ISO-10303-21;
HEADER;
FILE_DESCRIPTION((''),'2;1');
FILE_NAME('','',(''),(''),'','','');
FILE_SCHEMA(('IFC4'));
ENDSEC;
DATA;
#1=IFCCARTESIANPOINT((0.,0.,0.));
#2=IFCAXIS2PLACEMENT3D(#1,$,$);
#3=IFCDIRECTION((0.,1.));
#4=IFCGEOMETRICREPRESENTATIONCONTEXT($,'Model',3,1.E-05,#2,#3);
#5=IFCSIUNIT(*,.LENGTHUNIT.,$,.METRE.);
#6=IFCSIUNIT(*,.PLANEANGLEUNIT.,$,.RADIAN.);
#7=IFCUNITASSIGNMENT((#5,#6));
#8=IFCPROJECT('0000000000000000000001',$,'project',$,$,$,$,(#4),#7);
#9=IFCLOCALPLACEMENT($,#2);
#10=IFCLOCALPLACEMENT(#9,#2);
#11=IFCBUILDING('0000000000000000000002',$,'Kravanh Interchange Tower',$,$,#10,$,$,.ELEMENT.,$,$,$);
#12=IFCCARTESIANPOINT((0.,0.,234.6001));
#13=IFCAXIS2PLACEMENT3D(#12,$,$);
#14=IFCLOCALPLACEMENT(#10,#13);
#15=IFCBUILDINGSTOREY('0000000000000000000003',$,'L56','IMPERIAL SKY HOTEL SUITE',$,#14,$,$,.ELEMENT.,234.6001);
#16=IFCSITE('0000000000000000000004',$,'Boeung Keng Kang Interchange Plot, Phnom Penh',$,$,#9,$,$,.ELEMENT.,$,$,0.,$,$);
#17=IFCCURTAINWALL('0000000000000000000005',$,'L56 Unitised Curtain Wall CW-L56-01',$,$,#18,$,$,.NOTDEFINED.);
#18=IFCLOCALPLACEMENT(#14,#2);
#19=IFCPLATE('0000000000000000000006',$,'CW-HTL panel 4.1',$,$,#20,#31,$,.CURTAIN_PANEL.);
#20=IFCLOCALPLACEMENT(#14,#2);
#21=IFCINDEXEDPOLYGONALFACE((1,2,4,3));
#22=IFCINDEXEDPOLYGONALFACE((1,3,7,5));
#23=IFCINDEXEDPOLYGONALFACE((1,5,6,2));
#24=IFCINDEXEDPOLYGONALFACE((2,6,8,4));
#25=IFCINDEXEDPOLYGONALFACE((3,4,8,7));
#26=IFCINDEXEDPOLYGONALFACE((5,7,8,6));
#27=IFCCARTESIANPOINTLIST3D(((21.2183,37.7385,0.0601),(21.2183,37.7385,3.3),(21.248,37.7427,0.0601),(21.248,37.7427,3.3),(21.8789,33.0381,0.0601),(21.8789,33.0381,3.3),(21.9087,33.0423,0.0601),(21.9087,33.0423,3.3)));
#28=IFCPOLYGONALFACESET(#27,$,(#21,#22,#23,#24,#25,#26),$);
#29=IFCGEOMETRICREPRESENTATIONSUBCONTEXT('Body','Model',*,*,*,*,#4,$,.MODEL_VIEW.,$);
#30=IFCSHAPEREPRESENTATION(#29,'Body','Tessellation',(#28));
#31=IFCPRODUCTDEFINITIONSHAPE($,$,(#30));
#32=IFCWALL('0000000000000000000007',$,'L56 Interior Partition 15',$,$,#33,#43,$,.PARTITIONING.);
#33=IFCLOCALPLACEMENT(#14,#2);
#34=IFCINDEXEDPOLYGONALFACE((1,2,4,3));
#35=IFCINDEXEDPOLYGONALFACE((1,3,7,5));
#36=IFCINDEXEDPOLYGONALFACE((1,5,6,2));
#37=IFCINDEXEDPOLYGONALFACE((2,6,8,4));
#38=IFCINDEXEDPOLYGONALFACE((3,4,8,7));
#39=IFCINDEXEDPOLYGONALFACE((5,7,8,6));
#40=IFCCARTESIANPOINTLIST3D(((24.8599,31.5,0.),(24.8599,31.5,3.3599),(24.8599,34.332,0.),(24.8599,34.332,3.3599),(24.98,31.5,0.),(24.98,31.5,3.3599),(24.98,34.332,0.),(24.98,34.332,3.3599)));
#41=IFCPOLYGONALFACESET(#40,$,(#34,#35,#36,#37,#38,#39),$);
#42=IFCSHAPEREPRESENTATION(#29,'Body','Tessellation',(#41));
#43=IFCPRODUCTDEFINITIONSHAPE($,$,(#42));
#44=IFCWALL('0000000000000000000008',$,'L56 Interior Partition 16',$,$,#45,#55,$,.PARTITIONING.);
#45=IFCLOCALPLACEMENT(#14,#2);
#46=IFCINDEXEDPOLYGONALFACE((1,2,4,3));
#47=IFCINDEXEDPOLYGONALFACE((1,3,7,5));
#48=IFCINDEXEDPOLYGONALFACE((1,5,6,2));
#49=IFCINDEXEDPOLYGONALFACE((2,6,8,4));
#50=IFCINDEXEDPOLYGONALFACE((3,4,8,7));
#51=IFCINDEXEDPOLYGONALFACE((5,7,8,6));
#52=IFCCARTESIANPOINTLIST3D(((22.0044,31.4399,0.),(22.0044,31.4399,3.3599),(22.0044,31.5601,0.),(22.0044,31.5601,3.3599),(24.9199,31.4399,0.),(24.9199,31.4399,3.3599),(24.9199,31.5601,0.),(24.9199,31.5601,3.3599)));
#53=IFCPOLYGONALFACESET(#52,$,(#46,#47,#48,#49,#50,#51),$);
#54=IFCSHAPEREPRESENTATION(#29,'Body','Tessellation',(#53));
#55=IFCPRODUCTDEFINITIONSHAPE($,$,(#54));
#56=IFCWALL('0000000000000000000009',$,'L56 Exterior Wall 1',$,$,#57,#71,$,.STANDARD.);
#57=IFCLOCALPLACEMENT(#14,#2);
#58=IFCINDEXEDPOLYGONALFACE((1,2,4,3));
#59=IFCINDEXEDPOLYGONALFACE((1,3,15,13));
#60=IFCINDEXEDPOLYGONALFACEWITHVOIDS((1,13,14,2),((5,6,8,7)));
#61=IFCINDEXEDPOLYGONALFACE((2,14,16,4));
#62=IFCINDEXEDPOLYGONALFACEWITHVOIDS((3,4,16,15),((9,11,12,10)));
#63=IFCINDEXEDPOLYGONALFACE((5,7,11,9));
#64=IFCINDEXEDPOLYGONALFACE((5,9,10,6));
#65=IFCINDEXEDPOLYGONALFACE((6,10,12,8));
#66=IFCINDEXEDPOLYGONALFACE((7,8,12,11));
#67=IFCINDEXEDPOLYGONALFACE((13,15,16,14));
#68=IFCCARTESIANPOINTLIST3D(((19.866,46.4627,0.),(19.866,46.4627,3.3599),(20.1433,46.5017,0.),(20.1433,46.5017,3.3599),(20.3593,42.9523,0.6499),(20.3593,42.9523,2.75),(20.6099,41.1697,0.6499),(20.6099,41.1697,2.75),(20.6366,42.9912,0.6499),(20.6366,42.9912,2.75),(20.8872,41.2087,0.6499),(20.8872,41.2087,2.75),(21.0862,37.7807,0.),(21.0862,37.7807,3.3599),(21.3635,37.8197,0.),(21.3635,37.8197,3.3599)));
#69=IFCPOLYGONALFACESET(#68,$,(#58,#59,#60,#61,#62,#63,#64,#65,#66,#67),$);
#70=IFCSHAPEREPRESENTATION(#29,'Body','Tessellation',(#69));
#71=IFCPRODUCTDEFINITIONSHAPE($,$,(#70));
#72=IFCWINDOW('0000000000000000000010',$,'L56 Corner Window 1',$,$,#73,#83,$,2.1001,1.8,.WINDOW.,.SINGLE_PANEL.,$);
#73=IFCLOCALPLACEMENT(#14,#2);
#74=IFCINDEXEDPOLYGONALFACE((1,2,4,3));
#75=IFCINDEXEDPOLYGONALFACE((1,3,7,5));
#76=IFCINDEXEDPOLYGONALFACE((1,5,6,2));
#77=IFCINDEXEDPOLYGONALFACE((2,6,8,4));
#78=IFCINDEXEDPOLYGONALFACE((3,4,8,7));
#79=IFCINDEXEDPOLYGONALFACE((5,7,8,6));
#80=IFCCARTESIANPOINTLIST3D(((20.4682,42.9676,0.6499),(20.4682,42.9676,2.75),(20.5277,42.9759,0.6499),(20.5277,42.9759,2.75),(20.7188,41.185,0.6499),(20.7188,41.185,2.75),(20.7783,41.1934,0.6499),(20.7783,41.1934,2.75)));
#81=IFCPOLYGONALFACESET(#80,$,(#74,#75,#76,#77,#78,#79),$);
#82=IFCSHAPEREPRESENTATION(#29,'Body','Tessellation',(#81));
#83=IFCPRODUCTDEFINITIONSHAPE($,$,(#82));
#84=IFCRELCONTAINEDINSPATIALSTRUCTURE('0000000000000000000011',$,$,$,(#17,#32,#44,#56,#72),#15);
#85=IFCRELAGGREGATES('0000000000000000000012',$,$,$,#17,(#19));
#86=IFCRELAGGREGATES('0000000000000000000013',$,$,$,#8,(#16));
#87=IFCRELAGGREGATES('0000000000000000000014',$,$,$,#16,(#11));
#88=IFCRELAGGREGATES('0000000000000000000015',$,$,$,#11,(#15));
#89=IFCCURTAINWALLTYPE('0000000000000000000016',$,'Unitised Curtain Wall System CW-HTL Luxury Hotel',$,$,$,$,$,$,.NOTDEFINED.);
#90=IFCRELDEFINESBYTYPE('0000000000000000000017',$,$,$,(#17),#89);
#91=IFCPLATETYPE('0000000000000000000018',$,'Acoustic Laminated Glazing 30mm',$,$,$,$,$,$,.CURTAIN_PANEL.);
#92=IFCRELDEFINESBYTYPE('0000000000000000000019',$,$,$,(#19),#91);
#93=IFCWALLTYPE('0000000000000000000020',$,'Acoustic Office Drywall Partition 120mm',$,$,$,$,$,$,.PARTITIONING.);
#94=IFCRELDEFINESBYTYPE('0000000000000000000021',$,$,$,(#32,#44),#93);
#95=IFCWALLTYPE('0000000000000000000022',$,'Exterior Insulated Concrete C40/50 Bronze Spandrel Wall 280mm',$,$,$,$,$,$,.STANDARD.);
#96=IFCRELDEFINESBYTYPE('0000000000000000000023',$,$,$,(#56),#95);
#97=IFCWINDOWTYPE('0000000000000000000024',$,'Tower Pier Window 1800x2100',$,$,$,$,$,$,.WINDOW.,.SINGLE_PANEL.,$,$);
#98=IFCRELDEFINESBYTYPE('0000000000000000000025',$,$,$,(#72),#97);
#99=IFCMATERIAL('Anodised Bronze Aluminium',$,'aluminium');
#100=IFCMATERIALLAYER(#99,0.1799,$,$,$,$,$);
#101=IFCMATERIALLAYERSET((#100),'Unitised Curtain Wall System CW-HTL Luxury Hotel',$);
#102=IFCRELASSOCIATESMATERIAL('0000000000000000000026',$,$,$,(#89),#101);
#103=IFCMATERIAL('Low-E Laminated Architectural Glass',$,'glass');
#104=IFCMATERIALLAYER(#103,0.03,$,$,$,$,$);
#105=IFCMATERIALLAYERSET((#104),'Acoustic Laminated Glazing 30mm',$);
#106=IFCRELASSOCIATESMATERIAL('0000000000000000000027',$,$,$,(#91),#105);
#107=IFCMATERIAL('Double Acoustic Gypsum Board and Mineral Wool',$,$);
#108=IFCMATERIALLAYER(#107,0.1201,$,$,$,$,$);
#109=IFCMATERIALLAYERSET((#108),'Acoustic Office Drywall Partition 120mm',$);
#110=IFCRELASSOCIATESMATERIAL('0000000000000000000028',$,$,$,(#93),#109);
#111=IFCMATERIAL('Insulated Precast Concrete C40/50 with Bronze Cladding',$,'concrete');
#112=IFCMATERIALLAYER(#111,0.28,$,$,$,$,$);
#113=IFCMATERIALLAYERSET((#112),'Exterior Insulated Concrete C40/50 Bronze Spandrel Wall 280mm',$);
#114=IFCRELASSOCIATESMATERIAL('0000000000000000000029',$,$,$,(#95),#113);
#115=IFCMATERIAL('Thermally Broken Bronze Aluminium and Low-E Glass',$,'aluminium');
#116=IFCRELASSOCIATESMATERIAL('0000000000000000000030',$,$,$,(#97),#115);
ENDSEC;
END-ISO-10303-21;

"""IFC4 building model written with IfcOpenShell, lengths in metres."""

from ifc_helpers import new_model, si_unit, direction, frame, frame_2d, origin, origin_2d, place, context, subcontext, project, spatial, rectangle, extrude, material, layer, layer_set, type_object, element, fill, aggregate, save


model = new_model("IFC4")

# Units and contexts
model_context = context("Model", 3, precision=1e-05, world=origin(), true_north=direction((0.0, 1.0)))
body_context = subcontext(model_context, "Body", "Model", "MODEL_VIEW")
ifc_project = project(units=[si_unit("LENGTHUNIT", "METRE"), si_unit("PLANEANGLEUNIT", "RADIAN")], contexts=[model_context])

# Site, building, storey
site_placement = place(None, origin())
site = spatial("IfcSite", under=ifc_project, at=site_placement, Name="Boeung Keng Kang Interchange Plot, Phnom Penh", CompositionType="ELEMENT", RefElevation=0.0)
building_placement = place(site_placement, origin())
building = spatial("IfcBuilding", under=site, at=building_placement, Name="Kravanh Interchange Tower", CompositionType="ELEMENT")
storey_placement = place(building_placement, frame((0.0, 0.0, 234.6001)))
storey = spatial("IfcBuildingStorey", under=building, at=storey_placement, Name="L56", Description="IMPERIAL SKY HOTEL SUITE", CompositionType="ELEMENT", Elevation=234.6001)

# Curtain wall
ifc_material_1 = material(Name="Anodised Bronze Aluminium", Category="aluminium")
ifc_layer_1 = layer(ifc_material_1, 0.1799)
ifc_layer_set_1 = layer_set([ifc_layer_1], Name="Unitised Curtain Wall System CW-HTL Luxury Hotel")
curtain_wall_type = type_object("IfcCurtainWallType", Name="Unitised Curtain Wall System CW-HTL Luxury Hotel", PredefinedType="NOTDEFINED", material=ifc_layer_set_1)
curtain_wall_placement = place(storey_placement, origin())
curtain_wall = element("IfcCurtainWall", 1, at=curtain_wall_placement, inside=storey, type_object=curtain_wall_type, Name="L56 Unitised Curtain Wall CW-L56-01", PredefinedType="NOTDEFINED")

# Plate
ifc_material_2 = material(Name="Low-E Laminated Architectural Glass", Category="glass")
ifc_layer_2 = layer(ifc_material_2, 0.03)
ifc_layer_set_2 = layer_set([ifc_layer_2], Name="Acoustic Laminated Glazing 30mm")
plate_type = type_object("IfcPlateType", Name="Acoustic Laminated Glazing 30mm", PredefinedType="CURTAIN_PANEL", material=ifc_layer_set_2)
plate_placement = place(storey_placement, frame((21.5635, 35.3904, 0.0601), z_axis=(0.0, 0.0, 1.0), x_axis=(-0.139176, 0.990268, 0.0)))
plate = element("IfcPlate", 2, at=plate_placement, type_object=plate_type, Name="CW-HTL panel 4.1", PredefinedType="CURTAIN_PANEL", context=body_context, shape_type="SweptSolid", body=[
    extrude(rectangle(XDim=4.7466, YDim=0.03, at=origin_2d()), origin(), (0.0, 0.0, 1.0), 3.24),
])
aggregate(curtain_wall, [plate])

# Walls
ifc_material_3 = material(Name="Double Acoustic Gypsum Board and Mineral Wool")
ifc_layer_3 = layer(ifc_material_3, 0.1201)
ifc_layer_set_3 = layer_set([ifc_layer_3], Name="Acoustic Office Drywall Partition 120mm")
wall_type_1 = type_object("IfcWallType", Name="Acoustic Office Drywall Partition 120mm", PredefinedType="PARTITIONING", material=ifc_layer_set_3)
wall_1_placement = place(storey_placement, frame((24.9199, 31.5, 0.0), z_axis=(0.0, 0.0, 1.0), x_axis=(0.0, 1.0, 0.0)))
element("IfcWall", 3, at=wall_1_placement, inside=storey, type_object=wall_type_1, Name="L56 Interior Partition 15", PredefinedType="PARTITIONING", context=body_context, shape_type="SweptSolid", body=[
    extrude(rectangle(XDim=2.832, YDim=0.1201, at=frame_2d((1.416, 0.0))), origin(), (0.0, 0.0, 1.0), 3.3599),
])
wall_2_placement = place(storey_placement, frame((22.0044, 31.5, 0.0), z_axis=(0.0, 0.0, 1.0), x_axis=(1.0, 0.0, 0.0)))
element("IfcWall", 4, at=wall_2_placement, inside=storey, type_object=wall_type_1, Name="L56 Interior Partition 16", PredefinedType="PARTITIONING", context=body_context, shape_type="SweptSolid", body=[
    extrude(rectangle(XDim=2.9155, YDim=0.1201, at=frame_2d((1.4578, 0.0))), origin(), (0.0, 0.0, 1.0), 3.3599),
])

# Wall, opening, window
ifc_material_4 = material(Name="Insulated Precast Concrete C40/50 with Bronze Cladding", Category="concrete")
ifc_layer_4 = layer(ifc_material_4, 0.28)
ifc_layer_set_4 = layer_set([ifc_layer_4], Name="Exterior Insulated Concrete C40/50 Bronze Spandrel Wall 280mm")
wall_type_2 = type_object("IfcWallType", Name="Exterior Insulated Concrete C40/50 Bronze Spandrel Wall 280mm", PredefinedType="STANDARD", material=ifc_layer_set_4)
wall_3_placement = place(storey_placement, frame((21.2249, 37.8, 0.0), z_axis=(0.0, 0.0, 1.0), x_axis=(-0.139179, 0.990267, 0.0)))
wall_3 = element("IfcWall", 5, at=wall_3_placement, inside=storey, type_object=wall_type_2, Name="L56 Exterior Wall 1", PredefinedType="STANDARD", context=body_context, shape_type="SweptSolid", body=[
    extrude(rectangle(XDim=8.7673, YDim=0.28, at=frame_2d((4.3838, 0.0))), origin(), (0.0, 0.0, 1.0), 3.3599),
])
opening_1_placement = place(wall_3_placement, frame((3.4226, 0.0, 0.6499)))
opening_1 = element("IfcOpeningElement", 6, at=opening_1_placement, cuts=wall_3, PredefinedType="OPENING", context=body_context, shape_type="SweptSolid", body=[
    extrude(rectangle(XDim=1.8, YDim=2.1001, at=frame_2d((0.8999, 1.05))), frame((0.0, 0.1499, 0.0), z_axis=(0.0, -1.0, 0.0), x_axis=(1.0, 0.0, 0.0)), (0.0, 0.0, 1.0), 0.3),
])
ifc_material_5 = material(Name="Thermally Broken Bronze Aluminium and Low-E Glass", Category="aluminium")
window_type = type_object("IfcWindowType", Name="Tower Pier Window 1800x2100", PartitioningType="SINGLE_PANEL", PredefinedType="WINDOW", material=ifc_material_5)
window_placement = place(opening_1_placement, origin())
window = element("IfcWindow", 7, at=window_placement, inside=storey, type_object=window_type, Name="L56 Corner Window 1", OverallHeight=2.1001, OverallWidth=1.8, PartitioningType="SINGLE_PANEL", PredefinedType="WINDOW", context=body_context, shape_type="SweptSolid", body=[
    extrude(rectangle(XDim=1.8, YDim=2.1001, at=frame_2d((0.8999, 1.05))), frame((0.0, 0.03, 0.0), z_axis=(0.0, -1.0, 0.0), x_axis=(1.0, 0.0, 0.0)), (0.0, 0.0, 1.0), 0.0601),
])
fill(opening_1, window)

save(model, "model.ifc")
